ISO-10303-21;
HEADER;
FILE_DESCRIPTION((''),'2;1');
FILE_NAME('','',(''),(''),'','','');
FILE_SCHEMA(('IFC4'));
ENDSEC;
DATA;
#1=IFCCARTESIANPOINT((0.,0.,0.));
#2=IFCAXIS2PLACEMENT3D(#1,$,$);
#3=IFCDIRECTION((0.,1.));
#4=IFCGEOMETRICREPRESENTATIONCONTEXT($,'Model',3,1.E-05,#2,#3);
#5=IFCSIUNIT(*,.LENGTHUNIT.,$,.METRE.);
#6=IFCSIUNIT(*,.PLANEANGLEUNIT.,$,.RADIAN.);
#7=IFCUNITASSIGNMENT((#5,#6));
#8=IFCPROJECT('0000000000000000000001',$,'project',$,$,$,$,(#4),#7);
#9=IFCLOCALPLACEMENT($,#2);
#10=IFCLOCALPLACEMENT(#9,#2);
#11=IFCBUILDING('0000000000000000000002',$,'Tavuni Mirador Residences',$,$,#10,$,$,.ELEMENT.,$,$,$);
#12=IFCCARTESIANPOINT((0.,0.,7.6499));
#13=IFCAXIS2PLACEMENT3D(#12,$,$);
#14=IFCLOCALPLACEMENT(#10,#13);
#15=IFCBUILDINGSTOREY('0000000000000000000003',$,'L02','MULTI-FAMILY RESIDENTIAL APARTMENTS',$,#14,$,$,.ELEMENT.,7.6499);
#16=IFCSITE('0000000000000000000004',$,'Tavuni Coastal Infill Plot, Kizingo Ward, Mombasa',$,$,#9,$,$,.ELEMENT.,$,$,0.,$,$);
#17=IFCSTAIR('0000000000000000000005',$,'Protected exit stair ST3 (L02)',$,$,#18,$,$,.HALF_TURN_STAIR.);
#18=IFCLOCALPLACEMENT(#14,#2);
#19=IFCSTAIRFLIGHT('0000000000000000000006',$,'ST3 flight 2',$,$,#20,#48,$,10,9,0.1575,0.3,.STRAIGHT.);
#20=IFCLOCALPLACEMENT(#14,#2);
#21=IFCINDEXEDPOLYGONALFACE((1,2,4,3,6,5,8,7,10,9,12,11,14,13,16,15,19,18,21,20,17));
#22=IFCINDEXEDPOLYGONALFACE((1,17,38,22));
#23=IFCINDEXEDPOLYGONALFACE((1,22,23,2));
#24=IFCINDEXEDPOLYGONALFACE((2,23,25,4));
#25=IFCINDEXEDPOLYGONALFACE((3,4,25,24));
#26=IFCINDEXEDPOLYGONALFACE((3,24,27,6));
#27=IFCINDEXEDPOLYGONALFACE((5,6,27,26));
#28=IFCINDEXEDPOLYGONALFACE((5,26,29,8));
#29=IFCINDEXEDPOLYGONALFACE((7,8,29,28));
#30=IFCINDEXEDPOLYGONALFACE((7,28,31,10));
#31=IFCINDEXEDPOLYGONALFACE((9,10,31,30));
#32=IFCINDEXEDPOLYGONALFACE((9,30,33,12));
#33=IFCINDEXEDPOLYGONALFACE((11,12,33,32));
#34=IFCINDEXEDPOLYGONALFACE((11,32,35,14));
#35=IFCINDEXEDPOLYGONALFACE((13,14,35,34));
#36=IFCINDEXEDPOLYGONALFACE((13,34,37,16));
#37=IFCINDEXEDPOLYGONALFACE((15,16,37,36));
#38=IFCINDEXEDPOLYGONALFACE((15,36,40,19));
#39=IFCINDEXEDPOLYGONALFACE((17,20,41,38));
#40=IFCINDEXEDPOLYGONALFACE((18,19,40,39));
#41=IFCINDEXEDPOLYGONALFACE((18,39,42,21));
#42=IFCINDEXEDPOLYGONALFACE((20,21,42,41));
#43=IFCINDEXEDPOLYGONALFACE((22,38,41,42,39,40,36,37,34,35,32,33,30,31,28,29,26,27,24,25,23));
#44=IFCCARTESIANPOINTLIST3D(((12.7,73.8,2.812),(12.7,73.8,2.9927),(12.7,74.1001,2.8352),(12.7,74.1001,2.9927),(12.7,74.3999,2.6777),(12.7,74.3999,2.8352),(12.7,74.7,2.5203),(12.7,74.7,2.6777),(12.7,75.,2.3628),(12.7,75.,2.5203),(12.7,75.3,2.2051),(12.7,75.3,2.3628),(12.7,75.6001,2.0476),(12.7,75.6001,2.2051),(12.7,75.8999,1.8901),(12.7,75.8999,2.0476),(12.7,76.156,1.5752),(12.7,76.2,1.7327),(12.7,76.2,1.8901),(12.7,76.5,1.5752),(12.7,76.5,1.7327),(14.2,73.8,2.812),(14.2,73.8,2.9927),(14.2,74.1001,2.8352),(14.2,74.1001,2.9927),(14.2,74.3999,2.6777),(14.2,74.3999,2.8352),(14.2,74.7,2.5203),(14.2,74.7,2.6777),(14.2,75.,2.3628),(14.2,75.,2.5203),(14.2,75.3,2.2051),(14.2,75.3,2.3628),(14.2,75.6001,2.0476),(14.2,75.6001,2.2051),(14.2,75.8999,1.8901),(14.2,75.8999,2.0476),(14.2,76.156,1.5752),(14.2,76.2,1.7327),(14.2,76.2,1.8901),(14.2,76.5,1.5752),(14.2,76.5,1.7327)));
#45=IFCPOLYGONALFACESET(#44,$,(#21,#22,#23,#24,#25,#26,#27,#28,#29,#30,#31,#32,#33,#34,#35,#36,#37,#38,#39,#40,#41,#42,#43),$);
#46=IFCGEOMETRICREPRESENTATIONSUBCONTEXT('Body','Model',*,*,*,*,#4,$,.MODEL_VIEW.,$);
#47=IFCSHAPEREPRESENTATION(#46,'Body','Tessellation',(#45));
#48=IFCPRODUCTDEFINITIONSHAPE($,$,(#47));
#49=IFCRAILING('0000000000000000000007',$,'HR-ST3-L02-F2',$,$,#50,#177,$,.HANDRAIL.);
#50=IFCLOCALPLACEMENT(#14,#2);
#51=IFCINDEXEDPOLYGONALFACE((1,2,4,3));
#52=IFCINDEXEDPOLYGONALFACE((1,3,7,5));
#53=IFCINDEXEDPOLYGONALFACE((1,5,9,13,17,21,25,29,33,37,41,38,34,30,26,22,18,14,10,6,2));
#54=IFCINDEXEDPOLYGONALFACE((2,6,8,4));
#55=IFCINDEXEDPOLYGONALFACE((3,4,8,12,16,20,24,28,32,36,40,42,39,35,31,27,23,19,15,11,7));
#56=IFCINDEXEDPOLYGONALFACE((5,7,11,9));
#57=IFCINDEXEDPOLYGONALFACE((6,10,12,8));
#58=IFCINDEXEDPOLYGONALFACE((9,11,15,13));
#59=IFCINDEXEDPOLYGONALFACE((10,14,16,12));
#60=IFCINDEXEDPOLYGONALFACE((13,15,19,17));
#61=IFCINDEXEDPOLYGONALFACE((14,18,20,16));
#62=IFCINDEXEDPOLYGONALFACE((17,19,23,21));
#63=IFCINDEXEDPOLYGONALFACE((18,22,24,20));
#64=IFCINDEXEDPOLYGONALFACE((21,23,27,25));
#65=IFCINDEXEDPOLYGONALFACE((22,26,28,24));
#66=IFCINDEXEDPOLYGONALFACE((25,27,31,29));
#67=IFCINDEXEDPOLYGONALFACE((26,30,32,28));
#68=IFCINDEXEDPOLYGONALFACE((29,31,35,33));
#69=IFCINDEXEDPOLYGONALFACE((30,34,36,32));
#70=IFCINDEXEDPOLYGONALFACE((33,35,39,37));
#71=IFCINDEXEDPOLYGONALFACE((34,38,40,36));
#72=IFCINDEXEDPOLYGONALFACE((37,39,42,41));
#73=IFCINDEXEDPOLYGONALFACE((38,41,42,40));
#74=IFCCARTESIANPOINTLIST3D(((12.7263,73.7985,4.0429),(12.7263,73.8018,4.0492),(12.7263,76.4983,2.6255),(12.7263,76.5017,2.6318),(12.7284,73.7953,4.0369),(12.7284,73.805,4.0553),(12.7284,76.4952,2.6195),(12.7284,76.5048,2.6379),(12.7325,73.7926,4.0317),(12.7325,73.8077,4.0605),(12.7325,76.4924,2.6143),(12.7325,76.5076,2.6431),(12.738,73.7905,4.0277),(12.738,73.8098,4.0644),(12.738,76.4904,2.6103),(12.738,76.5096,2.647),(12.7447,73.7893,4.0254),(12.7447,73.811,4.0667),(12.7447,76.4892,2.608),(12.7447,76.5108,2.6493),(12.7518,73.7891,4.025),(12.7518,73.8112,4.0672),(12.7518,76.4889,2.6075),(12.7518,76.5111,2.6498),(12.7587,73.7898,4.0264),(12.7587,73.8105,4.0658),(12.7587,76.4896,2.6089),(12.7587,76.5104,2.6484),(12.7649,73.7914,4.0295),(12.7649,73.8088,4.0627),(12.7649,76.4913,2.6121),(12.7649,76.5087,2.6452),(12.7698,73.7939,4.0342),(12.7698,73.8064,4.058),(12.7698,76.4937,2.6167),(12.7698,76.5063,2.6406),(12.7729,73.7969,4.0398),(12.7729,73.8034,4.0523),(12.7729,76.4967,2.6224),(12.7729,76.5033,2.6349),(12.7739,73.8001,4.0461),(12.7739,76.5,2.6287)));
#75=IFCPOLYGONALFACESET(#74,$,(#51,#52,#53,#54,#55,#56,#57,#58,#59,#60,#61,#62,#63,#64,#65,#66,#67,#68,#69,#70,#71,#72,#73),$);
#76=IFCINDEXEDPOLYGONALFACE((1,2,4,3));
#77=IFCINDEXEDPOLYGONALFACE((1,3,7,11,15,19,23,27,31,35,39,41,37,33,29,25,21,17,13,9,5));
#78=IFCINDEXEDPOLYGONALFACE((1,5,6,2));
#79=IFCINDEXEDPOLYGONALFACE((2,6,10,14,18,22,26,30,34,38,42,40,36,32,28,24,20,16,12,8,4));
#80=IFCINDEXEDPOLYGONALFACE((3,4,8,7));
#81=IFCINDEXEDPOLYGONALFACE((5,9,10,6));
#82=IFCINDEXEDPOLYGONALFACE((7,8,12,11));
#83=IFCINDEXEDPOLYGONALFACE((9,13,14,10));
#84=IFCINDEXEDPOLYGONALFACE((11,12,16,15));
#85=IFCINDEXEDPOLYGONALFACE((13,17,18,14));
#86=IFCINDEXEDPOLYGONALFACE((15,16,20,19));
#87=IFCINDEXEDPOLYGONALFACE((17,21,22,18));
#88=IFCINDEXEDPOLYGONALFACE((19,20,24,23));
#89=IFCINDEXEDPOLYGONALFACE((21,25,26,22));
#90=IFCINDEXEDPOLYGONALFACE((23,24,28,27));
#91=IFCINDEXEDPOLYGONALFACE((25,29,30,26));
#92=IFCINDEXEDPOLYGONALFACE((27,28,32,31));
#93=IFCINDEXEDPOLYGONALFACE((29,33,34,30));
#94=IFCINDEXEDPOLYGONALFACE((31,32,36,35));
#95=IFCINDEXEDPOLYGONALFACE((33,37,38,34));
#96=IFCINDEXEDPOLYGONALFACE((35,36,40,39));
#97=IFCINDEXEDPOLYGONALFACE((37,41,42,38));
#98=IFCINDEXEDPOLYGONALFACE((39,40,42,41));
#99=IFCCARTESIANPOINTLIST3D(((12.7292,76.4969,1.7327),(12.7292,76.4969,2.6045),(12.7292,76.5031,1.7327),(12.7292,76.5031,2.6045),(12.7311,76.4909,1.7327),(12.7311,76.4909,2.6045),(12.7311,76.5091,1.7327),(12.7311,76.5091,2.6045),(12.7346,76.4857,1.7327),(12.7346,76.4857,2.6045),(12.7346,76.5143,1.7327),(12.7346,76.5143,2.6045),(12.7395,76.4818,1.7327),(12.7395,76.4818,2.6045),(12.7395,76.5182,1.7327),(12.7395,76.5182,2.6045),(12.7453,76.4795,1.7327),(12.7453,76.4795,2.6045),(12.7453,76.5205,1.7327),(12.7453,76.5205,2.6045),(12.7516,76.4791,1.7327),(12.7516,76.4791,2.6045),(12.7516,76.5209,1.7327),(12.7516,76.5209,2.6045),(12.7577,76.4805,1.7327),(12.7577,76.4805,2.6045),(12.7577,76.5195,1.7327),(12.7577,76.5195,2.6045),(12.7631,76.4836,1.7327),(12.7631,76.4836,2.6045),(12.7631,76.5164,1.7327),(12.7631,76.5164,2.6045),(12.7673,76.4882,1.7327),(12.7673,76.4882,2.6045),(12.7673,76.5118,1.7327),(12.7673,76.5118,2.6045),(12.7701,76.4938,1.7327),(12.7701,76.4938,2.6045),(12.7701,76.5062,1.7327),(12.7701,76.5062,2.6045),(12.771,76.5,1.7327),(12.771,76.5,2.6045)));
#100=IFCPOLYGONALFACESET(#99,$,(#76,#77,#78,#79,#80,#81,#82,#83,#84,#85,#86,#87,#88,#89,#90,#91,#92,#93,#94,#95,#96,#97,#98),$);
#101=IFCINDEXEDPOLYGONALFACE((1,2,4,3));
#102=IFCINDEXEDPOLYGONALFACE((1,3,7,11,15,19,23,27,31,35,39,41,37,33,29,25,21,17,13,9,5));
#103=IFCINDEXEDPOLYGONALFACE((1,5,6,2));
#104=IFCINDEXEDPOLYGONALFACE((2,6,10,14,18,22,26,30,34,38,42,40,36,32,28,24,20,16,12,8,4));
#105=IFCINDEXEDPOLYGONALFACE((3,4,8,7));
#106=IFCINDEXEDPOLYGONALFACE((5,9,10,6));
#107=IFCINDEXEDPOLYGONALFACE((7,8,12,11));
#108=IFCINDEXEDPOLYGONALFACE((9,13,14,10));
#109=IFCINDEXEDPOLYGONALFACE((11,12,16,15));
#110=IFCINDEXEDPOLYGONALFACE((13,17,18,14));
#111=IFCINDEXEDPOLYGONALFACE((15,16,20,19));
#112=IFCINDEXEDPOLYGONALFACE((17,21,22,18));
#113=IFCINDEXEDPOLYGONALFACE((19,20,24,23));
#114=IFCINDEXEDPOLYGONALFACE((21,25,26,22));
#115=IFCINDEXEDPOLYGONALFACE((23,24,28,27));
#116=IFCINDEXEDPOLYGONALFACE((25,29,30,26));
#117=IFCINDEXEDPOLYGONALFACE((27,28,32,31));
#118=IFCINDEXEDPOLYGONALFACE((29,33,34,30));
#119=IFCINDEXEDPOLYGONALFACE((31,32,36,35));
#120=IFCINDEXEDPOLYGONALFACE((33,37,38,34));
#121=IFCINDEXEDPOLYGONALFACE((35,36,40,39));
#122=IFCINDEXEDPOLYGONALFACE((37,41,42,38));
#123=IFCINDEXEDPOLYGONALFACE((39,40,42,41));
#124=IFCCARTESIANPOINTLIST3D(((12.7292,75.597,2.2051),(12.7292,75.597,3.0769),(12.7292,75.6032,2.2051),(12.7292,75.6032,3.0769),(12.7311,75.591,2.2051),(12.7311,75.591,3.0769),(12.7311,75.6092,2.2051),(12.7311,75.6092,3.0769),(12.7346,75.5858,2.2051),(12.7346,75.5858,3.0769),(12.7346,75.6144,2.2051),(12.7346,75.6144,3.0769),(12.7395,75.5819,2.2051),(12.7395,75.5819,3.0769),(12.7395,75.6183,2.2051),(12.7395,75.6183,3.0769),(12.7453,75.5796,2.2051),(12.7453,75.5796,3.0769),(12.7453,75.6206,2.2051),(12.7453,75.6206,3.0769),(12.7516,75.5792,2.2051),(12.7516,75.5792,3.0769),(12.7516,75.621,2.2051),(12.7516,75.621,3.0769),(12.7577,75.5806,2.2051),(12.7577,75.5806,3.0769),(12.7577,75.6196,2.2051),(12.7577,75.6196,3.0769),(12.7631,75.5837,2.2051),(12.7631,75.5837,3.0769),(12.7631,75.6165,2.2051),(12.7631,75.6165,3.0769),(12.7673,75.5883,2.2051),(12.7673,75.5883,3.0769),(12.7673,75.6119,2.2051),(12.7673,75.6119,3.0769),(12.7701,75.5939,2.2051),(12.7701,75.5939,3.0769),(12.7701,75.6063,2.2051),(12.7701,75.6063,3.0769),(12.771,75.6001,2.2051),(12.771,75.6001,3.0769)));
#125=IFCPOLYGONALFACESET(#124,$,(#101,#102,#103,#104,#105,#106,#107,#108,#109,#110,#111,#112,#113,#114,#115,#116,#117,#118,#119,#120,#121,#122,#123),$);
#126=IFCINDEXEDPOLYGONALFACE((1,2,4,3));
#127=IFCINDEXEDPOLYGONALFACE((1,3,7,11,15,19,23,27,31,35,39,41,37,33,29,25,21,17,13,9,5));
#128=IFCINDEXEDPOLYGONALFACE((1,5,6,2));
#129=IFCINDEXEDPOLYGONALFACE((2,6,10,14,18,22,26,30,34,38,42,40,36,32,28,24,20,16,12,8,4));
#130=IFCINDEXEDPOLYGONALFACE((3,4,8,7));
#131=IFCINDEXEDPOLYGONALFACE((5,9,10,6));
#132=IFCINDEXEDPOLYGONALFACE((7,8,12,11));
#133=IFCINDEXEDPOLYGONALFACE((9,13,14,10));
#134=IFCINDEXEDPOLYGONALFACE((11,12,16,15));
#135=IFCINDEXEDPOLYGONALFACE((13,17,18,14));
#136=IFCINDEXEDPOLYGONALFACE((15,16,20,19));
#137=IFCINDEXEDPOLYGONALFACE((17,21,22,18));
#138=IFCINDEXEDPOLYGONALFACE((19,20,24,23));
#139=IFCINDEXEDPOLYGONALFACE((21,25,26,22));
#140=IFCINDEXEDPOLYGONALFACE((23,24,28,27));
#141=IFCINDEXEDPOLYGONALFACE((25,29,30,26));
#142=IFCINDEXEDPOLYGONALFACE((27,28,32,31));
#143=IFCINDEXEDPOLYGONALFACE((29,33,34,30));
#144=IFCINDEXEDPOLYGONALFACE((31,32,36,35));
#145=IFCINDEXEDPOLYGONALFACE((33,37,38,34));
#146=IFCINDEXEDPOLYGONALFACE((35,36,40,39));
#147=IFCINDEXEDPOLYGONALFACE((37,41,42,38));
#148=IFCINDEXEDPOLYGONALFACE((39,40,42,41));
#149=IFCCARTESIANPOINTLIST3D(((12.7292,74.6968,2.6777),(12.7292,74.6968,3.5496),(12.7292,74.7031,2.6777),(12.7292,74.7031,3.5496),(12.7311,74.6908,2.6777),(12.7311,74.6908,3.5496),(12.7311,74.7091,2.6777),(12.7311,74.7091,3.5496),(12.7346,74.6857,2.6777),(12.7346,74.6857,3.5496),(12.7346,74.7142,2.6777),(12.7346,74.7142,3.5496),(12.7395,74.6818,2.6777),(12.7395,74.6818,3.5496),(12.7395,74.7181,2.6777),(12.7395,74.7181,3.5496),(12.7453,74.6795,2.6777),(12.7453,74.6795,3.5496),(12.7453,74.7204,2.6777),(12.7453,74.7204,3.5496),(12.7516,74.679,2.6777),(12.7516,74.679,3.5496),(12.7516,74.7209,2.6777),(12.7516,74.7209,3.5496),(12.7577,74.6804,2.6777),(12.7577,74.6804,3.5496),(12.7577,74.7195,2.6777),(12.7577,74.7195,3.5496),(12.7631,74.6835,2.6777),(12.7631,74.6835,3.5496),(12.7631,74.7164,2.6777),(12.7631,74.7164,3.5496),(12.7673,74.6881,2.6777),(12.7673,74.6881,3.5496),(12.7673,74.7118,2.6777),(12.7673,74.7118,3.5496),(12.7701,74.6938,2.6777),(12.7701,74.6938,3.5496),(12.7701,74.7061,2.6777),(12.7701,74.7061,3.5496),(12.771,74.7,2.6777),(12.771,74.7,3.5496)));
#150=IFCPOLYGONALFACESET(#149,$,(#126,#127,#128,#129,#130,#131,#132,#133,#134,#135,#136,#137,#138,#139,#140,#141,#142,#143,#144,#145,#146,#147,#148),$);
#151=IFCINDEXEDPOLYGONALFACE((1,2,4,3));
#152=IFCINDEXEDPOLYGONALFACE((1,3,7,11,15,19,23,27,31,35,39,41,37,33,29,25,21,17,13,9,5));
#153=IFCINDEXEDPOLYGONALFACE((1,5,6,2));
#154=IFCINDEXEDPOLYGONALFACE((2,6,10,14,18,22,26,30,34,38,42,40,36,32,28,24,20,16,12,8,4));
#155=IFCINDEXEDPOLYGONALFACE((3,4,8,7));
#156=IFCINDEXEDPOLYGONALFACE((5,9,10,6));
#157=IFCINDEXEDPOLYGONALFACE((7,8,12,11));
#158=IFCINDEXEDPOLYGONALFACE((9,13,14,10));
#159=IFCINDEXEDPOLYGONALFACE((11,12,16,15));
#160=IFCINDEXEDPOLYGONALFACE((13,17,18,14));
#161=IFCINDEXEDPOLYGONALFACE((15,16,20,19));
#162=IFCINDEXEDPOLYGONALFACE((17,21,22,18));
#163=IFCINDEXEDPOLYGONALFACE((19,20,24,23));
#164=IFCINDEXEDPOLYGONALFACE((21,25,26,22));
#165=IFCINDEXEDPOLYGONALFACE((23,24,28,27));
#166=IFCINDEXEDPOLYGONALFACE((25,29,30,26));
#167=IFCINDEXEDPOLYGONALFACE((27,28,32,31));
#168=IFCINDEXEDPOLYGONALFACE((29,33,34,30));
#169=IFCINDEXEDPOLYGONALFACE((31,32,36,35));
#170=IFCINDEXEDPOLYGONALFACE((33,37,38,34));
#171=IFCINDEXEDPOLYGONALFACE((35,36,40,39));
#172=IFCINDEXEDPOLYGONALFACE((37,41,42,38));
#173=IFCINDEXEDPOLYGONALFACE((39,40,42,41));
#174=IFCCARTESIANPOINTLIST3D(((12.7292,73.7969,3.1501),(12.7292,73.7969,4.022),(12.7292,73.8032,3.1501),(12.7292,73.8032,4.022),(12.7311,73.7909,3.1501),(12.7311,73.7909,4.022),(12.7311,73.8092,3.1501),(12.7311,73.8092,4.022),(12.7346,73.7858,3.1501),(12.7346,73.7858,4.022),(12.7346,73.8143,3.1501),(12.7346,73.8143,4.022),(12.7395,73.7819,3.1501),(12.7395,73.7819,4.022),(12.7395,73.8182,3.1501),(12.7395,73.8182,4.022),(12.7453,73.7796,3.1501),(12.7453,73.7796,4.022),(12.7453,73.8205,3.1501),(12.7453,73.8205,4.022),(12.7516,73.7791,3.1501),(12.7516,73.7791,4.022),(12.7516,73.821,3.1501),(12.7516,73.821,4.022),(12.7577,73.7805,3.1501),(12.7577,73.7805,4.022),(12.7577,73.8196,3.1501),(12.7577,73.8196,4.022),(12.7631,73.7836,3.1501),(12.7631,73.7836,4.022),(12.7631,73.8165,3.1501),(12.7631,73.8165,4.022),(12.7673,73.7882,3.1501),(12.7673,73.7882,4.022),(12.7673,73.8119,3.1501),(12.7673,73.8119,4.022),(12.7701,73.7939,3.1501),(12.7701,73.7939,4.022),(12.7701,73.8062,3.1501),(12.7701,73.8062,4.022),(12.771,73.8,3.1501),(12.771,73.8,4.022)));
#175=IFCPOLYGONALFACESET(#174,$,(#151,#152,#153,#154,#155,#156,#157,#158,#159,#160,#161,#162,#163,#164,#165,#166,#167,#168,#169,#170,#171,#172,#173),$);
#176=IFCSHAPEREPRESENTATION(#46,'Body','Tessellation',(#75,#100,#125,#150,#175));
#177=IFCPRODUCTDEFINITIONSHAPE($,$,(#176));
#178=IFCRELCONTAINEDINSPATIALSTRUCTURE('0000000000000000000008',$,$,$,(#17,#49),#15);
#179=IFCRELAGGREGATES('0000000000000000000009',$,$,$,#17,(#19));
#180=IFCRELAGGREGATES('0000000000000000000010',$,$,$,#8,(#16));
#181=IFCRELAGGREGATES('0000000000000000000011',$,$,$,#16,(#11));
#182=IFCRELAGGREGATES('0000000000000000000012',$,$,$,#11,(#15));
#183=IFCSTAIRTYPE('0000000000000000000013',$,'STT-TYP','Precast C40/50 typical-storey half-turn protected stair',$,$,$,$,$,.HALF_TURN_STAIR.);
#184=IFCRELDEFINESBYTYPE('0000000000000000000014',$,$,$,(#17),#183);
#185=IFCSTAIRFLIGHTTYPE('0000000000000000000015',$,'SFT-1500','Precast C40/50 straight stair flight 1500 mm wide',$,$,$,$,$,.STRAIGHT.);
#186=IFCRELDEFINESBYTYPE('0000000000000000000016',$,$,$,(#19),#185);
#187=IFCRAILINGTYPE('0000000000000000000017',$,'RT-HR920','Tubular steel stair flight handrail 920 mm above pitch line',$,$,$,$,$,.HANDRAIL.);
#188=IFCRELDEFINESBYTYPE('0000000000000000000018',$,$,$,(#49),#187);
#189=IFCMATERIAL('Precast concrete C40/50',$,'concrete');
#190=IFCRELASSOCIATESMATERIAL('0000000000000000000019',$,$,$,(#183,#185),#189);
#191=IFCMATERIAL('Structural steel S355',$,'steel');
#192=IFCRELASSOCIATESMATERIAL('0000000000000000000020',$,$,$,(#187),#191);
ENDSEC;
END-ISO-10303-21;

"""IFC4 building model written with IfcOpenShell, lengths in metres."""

from ifc_helpers import new_model, si_unit, direction, frame, origin, origin_2d, place, context, subcontext, project, spatial, polyline, circle, outline, extrude, material, type_object, element, aggregate, save


model = new_model("IFC4")

# Units and contexts
model_context = context("Model", 3, precision=1e-05, world=origin(), true_north=direction((0.0, 1.0)))
body_context = subcontext(model_context, "Body", "Model", "MODEL_VIEW")
ifc_project = project(units=[si_unit("LENGTHUNIT", "METRE"), si_unit("PLANEANGLEUNIT", "RADIAN")], contexts=[model_context])

# Site, building, storey
site_placement = place(None, origin())
site = spatial("IfcSite", under=ifc_project, at=site_placement, Name="Tavuni Coastal Infill Plot, Kizingo Ward, Mombasa", CompositionType="ELEMENT", RefElevation=0.0)
building_placement = place(site_placement, origin())
building = spatial("IfcBuilding", under=site, at=building_placement, Name="Tavuni Mirador Residences", CompositionType="ELEMENT")
storey_placement = place(building_placement, frame((0.0, 0.0, 7.6499)))
storey = spatial("IfcBuildingStorey", under=building, at=storey_placement, Name="L02", Description="MULTI-FAMILY RESIDENTIAL APARTMENTS", CompositionType="ELEMENT", Elevation=7.6499)

# Shared definitions
ifc_material_1 = material(Name="Precast concrete C40/50", Category="concrete")

# Shared definitions
ifc_material_2 = material(Name="Structural steel S355", Category="steel")

# Stair, stair flight
stair_type = type_object("IfcStairType", Name="STT-TYP", Description="Precast C40/50 typical-storey half-turn protected stair", PredefinedType="HALF_TURN_STAIR", material=ifc_material_1)
stair_placement = place(storey_placement, origin())
stair = element("IfcStair", 1, at=stair_placement, inside=storey, type_object=stair_type, Name="Protected exit stair ST3 (L02)", PredefinedType="HALF_TURN_STAIR")
stair_flight_type = type_object("IfcStairFlightType", Name="SFT-1500", Description="Precast C40/50 straight stair flight 1500 mm wide", PredefinedType="STRAIGHT", material=ifc_material_1)
stair_flight_placement = place(storey_placement, frame((13.45, 76.5, 1.5752), z_axis=(0.0, 0.0, 1.0), x_axis=(0.0, -1.0, 0.0)))
stair_flight = element("IfcStairFlight", 2, at=stair_flight_placement, type_object=stair_flight_type, Name="ST3 flight 2", NumberOfRisers=10, NumberOfTreads=9, PredefinedType="STRAIGHT", RiserHeight=0.1575, TreadLength=0.3, context=body_context, shape_type="SweptSolid", body=[
    extrude(outline(polyline([(0.0, 0.0), (0.0, 0.1575), (0.3, 0.1575), (0.3, 0.3149), (0.6001, 0.3149), (0.6001, 0.4724), (0.8999, 0.4724), (0.8999, 0.6299), (1.2, 0.6299), (1.2, 0.7876), (1.5, 0.7876), (1.5, 0.9451), (1.8, 0.9451), (1.8, 1.1025), (2.1001, 1.1025), (2.1001, 1.26), (2.3999, 1.26), (2.3999, 1.4175), (2.7, 1.4175), (2.7, 1.575), (2.7, 1.2368), (0.344, 0.0), (0.0, 0.0)])), frame((0.0, 0.75, 0.0), z_axis=(0.0, -1.0, 0.0), x_axis=(1.0, 0.0, 0.0)), (0.0, 0.0, 1.0), 1.5),
])
aggregate(stair, [stair_flight])

# Railing
railing_type = type_object("IfcRailingType", Name="RT-HR920", Description="Tubular steel stair flight handrail 920 mm above pitch line", PredefinedType="HANDRAIL", material=ifc_material_2)
railing_placement = place(storey_placement, frame((12.75, 76.5, 1.7327)))
element("IfcRailing", 3, at=railing_placement, inside=storey, type_object=railing_type, Name="HR-ST3-L02-F2", PredefinedType="HANDRAIL", context=body_context, shape_type="SweptSolid", body=[
    extrude(circle(Radius=0.0239, at=origin_2d()), frame((0.0, 0.0, 0.896), z_axis=(0.0, -0.885397, 0.464835), x_axis=(1.0, 0.0, 0.0)), (0.0, 0.0, 1.0), 3.0493),
    extrude(circle(Radius=0.021, at=origin_2d()), origin(), (0.0, 0.0, 1.0), 0.8718),
    extrude(circle(Radius=0.021, at=origin_2d()), frame((0.0, -0.8999, 0.4724)), (0.0, 0.0, 1.0), 0.8718),
    extrude(circle(Radius=0.021, at=origin_2d()), frame((0.0, -1.8, 0.9451)), (0.0, 0.0, 1.0), 0.8718),
    extrude(circle(Radius=0.021, at=origin_2d()), frame((0.0, -2.7, 1.4175)), (0.0, 0.0, 1.0), 0.8718),
])

save(model, "model.ifc")
